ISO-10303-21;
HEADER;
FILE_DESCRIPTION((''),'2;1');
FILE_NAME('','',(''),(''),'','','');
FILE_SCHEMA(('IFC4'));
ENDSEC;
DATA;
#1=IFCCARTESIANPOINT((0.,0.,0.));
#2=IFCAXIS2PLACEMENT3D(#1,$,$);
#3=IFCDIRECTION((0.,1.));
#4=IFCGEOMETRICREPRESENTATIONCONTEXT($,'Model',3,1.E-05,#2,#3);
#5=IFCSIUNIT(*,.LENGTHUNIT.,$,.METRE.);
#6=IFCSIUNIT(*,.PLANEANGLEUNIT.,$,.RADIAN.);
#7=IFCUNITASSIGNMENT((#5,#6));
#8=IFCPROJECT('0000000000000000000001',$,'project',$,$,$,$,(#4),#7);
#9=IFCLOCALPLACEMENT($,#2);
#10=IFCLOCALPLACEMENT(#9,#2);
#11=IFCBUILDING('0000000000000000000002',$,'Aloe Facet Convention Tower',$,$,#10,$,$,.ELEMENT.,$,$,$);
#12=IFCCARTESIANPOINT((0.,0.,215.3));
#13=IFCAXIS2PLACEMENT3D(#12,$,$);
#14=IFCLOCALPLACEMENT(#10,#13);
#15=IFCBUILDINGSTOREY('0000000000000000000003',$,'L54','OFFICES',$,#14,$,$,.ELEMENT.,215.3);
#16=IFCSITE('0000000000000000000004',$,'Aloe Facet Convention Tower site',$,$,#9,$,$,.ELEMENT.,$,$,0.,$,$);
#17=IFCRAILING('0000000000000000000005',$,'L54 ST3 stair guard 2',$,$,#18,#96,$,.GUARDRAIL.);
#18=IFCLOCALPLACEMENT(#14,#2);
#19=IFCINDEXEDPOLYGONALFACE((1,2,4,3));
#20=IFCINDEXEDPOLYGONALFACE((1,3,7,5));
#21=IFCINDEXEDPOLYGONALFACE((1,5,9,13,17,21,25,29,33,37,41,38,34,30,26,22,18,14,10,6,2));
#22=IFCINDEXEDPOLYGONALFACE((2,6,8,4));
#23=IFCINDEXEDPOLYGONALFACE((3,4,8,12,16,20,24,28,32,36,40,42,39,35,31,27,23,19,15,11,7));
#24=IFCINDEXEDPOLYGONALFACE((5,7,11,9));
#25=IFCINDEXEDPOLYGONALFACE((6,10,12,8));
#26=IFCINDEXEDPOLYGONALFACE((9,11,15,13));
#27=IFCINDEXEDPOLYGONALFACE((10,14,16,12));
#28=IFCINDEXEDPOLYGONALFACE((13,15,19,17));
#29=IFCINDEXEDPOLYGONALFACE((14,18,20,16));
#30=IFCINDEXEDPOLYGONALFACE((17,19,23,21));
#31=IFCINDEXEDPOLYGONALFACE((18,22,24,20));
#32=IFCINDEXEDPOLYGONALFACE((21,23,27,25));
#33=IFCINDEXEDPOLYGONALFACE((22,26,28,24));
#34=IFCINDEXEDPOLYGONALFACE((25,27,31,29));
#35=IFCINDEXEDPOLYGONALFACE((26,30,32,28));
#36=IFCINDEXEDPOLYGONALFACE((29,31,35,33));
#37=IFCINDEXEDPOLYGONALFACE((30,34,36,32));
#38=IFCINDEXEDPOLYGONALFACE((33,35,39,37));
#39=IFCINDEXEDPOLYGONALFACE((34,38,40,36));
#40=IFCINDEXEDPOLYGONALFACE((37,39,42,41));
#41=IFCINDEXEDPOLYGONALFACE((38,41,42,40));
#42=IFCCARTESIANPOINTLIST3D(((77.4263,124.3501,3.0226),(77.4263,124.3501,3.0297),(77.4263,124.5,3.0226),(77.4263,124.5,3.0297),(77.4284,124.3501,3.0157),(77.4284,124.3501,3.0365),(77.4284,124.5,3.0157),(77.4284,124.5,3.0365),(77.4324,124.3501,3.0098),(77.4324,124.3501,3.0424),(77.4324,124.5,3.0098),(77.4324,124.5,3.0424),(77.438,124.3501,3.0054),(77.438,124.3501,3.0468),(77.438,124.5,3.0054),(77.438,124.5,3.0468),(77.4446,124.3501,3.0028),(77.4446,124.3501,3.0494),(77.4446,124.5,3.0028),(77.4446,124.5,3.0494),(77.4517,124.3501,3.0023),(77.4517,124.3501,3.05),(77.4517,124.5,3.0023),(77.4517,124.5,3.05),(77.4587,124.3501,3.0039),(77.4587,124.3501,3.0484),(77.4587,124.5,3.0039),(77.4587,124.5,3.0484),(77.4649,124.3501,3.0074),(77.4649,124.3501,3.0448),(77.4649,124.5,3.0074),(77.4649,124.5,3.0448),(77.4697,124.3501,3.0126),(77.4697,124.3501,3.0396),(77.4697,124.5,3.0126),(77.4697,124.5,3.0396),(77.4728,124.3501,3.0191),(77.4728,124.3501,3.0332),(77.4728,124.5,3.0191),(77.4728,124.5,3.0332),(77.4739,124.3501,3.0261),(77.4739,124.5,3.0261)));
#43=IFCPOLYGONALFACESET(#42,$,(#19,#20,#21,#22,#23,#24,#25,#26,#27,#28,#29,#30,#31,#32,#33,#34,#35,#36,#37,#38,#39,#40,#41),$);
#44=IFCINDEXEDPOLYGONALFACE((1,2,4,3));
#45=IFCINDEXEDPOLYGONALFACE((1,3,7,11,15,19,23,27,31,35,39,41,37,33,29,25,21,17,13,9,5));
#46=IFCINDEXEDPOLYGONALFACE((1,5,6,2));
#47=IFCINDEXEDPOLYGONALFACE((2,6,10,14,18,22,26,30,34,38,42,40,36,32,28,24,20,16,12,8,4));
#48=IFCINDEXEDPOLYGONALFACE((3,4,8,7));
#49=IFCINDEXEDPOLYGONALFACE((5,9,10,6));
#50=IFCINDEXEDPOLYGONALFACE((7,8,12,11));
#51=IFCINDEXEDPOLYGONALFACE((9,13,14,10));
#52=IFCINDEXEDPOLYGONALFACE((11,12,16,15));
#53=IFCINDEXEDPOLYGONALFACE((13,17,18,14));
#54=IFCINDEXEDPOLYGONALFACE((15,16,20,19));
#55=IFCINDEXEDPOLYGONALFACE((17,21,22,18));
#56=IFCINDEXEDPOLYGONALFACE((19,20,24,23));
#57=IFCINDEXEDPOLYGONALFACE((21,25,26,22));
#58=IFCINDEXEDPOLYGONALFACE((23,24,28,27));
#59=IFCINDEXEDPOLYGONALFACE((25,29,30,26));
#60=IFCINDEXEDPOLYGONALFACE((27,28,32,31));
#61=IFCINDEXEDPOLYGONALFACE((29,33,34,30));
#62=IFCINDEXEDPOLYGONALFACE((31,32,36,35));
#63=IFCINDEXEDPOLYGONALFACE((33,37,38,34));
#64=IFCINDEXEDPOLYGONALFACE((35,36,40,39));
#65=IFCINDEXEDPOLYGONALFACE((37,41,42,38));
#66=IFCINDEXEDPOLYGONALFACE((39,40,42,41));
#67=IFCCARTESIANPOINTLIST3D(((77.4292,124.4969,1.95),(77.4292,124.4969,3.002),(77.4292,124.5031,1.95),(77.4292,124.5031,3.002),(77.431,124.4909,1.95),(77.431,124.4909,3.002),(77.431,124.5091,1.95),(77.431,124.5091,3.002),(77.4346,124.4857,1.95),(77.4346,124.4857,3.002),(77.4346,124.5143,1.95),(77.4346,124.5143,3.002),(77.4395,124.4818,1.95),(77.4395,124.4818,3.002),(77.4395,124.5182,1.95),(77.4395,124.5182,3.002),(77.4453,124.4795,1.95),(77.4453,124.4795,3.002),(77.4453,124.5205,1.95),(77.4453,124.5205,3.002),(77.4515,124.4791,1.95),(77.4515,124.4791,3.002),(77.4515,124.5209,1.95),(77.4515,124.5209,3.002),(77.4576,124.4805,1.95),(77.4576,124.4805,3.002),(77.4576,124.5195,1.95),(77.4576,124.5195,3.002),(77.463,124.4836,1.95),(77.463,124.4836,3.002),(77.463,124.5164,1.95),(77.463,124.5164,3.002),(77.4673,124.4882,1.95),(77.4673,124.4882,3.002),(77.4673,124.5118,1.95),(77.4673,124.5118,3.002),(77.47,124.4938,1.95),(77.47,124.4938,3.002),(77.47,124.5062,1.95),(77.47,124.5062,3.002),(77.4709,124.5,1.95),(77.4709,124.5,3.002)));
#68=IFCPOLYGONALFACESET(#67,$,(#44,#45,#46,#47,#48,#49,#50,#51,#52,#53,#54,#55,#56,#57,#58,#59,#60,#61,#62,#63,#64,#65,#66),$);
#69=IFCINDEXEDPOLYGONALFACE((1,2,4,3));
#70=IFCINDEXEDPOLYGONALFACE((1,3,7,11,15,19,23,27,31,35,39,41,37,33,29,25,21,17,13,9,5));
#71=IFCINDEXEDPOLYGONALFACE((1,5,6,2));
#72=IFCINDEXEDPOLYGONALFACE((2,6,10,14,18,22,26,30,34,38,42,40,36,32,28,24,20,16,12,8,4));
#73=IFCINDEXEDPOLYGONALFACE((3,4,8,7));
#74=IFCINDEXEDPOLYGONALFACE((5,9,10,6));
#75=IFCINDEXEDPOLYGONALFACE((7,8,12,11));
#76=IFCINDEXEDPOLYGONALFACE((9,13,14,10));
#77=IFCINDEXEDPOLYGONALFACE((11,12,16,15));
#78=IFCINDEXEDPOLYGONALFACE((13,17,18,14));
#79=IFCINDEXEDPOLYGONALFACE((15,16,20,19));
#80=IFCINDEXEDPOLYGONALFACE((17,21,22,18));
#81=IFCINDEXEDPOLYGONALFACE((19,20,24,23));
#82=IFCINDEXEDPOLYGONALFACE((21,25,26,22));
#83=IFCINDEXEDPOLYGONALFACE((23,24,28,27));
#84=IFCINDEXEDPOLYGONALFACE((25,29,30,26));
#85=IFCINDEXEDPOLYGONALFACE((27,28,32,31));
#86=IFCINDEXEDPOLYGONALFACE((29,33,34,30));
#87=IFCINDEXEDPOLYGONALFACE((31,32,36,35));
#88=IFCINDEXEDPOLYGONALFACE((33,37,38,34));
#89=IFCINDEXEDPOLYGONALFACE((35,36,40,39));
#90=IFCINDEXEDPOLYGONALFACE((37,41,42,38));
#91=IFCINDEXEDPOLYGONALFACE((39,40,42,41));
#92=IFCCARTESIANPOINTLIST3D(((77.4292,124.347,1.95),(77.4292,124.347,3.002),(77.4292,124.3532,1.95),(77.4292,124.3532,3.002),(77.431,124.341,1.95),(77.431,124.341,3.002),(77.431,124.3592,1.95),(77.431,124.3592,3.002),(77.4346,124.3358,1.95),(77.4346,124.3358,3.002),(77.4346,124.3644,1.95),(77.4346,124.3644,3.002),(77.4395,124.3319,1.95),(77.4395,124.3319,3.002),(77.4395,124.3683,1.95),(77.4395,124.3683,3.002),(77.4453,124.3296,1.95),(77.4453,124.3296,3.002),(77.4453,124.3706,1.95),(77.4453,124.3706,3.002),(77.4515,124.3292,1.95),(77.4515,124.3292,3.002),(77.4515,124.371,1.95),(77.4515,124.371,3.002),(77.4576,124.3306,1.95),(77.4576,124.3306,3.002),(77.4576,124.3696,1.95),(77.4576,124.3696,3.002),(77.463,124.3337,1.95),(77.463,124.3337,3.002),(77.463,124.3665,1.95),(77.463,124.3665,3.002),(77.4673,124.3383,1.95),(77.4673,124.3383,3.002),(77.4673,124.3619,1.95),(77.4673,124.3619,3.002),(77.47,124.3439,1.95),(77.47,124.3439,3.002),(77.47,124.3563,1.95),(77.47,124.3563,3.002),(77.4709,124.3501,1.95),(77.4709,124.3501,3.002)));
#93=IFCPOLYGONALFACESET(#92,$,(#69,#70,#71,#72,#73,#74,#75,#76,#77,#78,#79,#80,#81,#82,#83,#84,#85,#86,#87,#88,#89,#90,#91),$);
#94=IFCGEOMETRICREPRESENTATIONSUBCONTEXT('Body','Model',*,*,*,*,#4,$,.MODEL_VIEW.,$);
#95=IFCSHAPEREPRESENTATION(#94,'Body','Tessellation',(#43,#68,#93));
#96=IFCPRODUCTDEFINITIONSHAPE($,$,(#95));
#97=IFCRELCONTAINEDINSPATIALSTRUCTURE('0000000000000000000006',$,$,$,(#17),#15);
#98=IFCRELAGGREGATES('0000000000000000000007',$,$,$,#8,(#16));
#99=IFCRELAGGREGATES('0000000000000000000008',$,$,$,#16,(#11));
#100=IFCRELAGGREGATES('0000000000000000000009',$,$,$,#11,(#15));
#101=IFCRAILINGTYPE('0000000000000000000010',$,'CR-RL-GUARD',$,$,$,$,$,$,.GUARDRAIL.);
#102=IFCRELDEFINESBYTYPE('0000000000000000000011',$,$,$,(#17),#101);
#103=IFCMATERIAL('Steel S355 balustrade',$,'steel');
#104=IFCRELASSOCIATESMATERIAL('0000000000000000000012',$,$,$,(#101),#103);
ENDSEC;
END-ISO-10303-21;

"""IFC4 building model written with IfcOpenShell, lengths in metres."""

from ifc_helpers import new_model, si_unit, direction, frame, origin, origin_2d, place, context, subcontext, project, spatial, circle, extrude, material, type_object, element, save


model = new_model("IFC4")

# Units and contexts
model_context = context("Model", 3, precision=1e-05, world=origin(), true_north=direction((0.0, 1.0)))
body_context = subcontext(model_context, "Body", "Model", "MODEL_VIEW")
ifc_project = project(units=[si_unit("LENGTHUNIT", "METRE"), si_unit("PLANEANGLEUNIT", "RADIAN")], contexts=[model_context])

# Site, building, storey
site_placement = place(None, origin())
site = spatial("IfcSite", under=ifc_project, at=site_placement, Name="Aloe Facet Convention Tower site", CompositionType="ELEMENT", RefElevation=0.0)
building_placement = place(site_placement, origin())
building = spatial("IfcBuilding", under=site, at=building_placement, Name="Aloe Facet Convention Tower", CompositionType="ELEMENT")
storey_placement = place(building_placement, frame((0.0, 0.0, 215.3)))
storey = spatial("IfcBuildingStorey", under=building, at=storey_placement, Name="L54", Description="OFFICES", CompositionType="ELEMENT", Elevation=215.3)

# Railing
ifc_material_1 = material(Name="Steel S355 balustrade", Category="steel")
railing_type_1 = type_object("IfcRailingType", Name="CR-RL-GUARD", PredefinedType="GUARDRAIL", material=ifc_material_1)
railing_1_placement = place(storey_placement, frame((77.45, 124.5, 1.95)))
element("IfcRailing", 1, at=railing_1_placement, inside=storey, type_object=railing_type_1, Name="L54 ST3 stair guard 2", PredefinedType="GUARDRAIL", context=body_context, shape_type="SweptSolid", body=[
    extrude(circle(Radius=0.0239, at=origin_2d()), frame((0.0, 0.0, 1.0762), z_axis=(0.0, -1.0, 0.0), x_axis=(1.0, 0.0, 0.0)), (0.0, 0.0, 1.0), 0.1499),
    extrude(circle(Radius=0.021, at=origin_2d()), origin(), (0.0, 0.0, 1.0), 1.052),
    extrude(circle(Radius=0.021, at=origin_2d()), frame((0.0, -0.1499, 0.0)), (0.0, 0.0, 1.0), 1.052),
])

save(model, "model.ifc")
